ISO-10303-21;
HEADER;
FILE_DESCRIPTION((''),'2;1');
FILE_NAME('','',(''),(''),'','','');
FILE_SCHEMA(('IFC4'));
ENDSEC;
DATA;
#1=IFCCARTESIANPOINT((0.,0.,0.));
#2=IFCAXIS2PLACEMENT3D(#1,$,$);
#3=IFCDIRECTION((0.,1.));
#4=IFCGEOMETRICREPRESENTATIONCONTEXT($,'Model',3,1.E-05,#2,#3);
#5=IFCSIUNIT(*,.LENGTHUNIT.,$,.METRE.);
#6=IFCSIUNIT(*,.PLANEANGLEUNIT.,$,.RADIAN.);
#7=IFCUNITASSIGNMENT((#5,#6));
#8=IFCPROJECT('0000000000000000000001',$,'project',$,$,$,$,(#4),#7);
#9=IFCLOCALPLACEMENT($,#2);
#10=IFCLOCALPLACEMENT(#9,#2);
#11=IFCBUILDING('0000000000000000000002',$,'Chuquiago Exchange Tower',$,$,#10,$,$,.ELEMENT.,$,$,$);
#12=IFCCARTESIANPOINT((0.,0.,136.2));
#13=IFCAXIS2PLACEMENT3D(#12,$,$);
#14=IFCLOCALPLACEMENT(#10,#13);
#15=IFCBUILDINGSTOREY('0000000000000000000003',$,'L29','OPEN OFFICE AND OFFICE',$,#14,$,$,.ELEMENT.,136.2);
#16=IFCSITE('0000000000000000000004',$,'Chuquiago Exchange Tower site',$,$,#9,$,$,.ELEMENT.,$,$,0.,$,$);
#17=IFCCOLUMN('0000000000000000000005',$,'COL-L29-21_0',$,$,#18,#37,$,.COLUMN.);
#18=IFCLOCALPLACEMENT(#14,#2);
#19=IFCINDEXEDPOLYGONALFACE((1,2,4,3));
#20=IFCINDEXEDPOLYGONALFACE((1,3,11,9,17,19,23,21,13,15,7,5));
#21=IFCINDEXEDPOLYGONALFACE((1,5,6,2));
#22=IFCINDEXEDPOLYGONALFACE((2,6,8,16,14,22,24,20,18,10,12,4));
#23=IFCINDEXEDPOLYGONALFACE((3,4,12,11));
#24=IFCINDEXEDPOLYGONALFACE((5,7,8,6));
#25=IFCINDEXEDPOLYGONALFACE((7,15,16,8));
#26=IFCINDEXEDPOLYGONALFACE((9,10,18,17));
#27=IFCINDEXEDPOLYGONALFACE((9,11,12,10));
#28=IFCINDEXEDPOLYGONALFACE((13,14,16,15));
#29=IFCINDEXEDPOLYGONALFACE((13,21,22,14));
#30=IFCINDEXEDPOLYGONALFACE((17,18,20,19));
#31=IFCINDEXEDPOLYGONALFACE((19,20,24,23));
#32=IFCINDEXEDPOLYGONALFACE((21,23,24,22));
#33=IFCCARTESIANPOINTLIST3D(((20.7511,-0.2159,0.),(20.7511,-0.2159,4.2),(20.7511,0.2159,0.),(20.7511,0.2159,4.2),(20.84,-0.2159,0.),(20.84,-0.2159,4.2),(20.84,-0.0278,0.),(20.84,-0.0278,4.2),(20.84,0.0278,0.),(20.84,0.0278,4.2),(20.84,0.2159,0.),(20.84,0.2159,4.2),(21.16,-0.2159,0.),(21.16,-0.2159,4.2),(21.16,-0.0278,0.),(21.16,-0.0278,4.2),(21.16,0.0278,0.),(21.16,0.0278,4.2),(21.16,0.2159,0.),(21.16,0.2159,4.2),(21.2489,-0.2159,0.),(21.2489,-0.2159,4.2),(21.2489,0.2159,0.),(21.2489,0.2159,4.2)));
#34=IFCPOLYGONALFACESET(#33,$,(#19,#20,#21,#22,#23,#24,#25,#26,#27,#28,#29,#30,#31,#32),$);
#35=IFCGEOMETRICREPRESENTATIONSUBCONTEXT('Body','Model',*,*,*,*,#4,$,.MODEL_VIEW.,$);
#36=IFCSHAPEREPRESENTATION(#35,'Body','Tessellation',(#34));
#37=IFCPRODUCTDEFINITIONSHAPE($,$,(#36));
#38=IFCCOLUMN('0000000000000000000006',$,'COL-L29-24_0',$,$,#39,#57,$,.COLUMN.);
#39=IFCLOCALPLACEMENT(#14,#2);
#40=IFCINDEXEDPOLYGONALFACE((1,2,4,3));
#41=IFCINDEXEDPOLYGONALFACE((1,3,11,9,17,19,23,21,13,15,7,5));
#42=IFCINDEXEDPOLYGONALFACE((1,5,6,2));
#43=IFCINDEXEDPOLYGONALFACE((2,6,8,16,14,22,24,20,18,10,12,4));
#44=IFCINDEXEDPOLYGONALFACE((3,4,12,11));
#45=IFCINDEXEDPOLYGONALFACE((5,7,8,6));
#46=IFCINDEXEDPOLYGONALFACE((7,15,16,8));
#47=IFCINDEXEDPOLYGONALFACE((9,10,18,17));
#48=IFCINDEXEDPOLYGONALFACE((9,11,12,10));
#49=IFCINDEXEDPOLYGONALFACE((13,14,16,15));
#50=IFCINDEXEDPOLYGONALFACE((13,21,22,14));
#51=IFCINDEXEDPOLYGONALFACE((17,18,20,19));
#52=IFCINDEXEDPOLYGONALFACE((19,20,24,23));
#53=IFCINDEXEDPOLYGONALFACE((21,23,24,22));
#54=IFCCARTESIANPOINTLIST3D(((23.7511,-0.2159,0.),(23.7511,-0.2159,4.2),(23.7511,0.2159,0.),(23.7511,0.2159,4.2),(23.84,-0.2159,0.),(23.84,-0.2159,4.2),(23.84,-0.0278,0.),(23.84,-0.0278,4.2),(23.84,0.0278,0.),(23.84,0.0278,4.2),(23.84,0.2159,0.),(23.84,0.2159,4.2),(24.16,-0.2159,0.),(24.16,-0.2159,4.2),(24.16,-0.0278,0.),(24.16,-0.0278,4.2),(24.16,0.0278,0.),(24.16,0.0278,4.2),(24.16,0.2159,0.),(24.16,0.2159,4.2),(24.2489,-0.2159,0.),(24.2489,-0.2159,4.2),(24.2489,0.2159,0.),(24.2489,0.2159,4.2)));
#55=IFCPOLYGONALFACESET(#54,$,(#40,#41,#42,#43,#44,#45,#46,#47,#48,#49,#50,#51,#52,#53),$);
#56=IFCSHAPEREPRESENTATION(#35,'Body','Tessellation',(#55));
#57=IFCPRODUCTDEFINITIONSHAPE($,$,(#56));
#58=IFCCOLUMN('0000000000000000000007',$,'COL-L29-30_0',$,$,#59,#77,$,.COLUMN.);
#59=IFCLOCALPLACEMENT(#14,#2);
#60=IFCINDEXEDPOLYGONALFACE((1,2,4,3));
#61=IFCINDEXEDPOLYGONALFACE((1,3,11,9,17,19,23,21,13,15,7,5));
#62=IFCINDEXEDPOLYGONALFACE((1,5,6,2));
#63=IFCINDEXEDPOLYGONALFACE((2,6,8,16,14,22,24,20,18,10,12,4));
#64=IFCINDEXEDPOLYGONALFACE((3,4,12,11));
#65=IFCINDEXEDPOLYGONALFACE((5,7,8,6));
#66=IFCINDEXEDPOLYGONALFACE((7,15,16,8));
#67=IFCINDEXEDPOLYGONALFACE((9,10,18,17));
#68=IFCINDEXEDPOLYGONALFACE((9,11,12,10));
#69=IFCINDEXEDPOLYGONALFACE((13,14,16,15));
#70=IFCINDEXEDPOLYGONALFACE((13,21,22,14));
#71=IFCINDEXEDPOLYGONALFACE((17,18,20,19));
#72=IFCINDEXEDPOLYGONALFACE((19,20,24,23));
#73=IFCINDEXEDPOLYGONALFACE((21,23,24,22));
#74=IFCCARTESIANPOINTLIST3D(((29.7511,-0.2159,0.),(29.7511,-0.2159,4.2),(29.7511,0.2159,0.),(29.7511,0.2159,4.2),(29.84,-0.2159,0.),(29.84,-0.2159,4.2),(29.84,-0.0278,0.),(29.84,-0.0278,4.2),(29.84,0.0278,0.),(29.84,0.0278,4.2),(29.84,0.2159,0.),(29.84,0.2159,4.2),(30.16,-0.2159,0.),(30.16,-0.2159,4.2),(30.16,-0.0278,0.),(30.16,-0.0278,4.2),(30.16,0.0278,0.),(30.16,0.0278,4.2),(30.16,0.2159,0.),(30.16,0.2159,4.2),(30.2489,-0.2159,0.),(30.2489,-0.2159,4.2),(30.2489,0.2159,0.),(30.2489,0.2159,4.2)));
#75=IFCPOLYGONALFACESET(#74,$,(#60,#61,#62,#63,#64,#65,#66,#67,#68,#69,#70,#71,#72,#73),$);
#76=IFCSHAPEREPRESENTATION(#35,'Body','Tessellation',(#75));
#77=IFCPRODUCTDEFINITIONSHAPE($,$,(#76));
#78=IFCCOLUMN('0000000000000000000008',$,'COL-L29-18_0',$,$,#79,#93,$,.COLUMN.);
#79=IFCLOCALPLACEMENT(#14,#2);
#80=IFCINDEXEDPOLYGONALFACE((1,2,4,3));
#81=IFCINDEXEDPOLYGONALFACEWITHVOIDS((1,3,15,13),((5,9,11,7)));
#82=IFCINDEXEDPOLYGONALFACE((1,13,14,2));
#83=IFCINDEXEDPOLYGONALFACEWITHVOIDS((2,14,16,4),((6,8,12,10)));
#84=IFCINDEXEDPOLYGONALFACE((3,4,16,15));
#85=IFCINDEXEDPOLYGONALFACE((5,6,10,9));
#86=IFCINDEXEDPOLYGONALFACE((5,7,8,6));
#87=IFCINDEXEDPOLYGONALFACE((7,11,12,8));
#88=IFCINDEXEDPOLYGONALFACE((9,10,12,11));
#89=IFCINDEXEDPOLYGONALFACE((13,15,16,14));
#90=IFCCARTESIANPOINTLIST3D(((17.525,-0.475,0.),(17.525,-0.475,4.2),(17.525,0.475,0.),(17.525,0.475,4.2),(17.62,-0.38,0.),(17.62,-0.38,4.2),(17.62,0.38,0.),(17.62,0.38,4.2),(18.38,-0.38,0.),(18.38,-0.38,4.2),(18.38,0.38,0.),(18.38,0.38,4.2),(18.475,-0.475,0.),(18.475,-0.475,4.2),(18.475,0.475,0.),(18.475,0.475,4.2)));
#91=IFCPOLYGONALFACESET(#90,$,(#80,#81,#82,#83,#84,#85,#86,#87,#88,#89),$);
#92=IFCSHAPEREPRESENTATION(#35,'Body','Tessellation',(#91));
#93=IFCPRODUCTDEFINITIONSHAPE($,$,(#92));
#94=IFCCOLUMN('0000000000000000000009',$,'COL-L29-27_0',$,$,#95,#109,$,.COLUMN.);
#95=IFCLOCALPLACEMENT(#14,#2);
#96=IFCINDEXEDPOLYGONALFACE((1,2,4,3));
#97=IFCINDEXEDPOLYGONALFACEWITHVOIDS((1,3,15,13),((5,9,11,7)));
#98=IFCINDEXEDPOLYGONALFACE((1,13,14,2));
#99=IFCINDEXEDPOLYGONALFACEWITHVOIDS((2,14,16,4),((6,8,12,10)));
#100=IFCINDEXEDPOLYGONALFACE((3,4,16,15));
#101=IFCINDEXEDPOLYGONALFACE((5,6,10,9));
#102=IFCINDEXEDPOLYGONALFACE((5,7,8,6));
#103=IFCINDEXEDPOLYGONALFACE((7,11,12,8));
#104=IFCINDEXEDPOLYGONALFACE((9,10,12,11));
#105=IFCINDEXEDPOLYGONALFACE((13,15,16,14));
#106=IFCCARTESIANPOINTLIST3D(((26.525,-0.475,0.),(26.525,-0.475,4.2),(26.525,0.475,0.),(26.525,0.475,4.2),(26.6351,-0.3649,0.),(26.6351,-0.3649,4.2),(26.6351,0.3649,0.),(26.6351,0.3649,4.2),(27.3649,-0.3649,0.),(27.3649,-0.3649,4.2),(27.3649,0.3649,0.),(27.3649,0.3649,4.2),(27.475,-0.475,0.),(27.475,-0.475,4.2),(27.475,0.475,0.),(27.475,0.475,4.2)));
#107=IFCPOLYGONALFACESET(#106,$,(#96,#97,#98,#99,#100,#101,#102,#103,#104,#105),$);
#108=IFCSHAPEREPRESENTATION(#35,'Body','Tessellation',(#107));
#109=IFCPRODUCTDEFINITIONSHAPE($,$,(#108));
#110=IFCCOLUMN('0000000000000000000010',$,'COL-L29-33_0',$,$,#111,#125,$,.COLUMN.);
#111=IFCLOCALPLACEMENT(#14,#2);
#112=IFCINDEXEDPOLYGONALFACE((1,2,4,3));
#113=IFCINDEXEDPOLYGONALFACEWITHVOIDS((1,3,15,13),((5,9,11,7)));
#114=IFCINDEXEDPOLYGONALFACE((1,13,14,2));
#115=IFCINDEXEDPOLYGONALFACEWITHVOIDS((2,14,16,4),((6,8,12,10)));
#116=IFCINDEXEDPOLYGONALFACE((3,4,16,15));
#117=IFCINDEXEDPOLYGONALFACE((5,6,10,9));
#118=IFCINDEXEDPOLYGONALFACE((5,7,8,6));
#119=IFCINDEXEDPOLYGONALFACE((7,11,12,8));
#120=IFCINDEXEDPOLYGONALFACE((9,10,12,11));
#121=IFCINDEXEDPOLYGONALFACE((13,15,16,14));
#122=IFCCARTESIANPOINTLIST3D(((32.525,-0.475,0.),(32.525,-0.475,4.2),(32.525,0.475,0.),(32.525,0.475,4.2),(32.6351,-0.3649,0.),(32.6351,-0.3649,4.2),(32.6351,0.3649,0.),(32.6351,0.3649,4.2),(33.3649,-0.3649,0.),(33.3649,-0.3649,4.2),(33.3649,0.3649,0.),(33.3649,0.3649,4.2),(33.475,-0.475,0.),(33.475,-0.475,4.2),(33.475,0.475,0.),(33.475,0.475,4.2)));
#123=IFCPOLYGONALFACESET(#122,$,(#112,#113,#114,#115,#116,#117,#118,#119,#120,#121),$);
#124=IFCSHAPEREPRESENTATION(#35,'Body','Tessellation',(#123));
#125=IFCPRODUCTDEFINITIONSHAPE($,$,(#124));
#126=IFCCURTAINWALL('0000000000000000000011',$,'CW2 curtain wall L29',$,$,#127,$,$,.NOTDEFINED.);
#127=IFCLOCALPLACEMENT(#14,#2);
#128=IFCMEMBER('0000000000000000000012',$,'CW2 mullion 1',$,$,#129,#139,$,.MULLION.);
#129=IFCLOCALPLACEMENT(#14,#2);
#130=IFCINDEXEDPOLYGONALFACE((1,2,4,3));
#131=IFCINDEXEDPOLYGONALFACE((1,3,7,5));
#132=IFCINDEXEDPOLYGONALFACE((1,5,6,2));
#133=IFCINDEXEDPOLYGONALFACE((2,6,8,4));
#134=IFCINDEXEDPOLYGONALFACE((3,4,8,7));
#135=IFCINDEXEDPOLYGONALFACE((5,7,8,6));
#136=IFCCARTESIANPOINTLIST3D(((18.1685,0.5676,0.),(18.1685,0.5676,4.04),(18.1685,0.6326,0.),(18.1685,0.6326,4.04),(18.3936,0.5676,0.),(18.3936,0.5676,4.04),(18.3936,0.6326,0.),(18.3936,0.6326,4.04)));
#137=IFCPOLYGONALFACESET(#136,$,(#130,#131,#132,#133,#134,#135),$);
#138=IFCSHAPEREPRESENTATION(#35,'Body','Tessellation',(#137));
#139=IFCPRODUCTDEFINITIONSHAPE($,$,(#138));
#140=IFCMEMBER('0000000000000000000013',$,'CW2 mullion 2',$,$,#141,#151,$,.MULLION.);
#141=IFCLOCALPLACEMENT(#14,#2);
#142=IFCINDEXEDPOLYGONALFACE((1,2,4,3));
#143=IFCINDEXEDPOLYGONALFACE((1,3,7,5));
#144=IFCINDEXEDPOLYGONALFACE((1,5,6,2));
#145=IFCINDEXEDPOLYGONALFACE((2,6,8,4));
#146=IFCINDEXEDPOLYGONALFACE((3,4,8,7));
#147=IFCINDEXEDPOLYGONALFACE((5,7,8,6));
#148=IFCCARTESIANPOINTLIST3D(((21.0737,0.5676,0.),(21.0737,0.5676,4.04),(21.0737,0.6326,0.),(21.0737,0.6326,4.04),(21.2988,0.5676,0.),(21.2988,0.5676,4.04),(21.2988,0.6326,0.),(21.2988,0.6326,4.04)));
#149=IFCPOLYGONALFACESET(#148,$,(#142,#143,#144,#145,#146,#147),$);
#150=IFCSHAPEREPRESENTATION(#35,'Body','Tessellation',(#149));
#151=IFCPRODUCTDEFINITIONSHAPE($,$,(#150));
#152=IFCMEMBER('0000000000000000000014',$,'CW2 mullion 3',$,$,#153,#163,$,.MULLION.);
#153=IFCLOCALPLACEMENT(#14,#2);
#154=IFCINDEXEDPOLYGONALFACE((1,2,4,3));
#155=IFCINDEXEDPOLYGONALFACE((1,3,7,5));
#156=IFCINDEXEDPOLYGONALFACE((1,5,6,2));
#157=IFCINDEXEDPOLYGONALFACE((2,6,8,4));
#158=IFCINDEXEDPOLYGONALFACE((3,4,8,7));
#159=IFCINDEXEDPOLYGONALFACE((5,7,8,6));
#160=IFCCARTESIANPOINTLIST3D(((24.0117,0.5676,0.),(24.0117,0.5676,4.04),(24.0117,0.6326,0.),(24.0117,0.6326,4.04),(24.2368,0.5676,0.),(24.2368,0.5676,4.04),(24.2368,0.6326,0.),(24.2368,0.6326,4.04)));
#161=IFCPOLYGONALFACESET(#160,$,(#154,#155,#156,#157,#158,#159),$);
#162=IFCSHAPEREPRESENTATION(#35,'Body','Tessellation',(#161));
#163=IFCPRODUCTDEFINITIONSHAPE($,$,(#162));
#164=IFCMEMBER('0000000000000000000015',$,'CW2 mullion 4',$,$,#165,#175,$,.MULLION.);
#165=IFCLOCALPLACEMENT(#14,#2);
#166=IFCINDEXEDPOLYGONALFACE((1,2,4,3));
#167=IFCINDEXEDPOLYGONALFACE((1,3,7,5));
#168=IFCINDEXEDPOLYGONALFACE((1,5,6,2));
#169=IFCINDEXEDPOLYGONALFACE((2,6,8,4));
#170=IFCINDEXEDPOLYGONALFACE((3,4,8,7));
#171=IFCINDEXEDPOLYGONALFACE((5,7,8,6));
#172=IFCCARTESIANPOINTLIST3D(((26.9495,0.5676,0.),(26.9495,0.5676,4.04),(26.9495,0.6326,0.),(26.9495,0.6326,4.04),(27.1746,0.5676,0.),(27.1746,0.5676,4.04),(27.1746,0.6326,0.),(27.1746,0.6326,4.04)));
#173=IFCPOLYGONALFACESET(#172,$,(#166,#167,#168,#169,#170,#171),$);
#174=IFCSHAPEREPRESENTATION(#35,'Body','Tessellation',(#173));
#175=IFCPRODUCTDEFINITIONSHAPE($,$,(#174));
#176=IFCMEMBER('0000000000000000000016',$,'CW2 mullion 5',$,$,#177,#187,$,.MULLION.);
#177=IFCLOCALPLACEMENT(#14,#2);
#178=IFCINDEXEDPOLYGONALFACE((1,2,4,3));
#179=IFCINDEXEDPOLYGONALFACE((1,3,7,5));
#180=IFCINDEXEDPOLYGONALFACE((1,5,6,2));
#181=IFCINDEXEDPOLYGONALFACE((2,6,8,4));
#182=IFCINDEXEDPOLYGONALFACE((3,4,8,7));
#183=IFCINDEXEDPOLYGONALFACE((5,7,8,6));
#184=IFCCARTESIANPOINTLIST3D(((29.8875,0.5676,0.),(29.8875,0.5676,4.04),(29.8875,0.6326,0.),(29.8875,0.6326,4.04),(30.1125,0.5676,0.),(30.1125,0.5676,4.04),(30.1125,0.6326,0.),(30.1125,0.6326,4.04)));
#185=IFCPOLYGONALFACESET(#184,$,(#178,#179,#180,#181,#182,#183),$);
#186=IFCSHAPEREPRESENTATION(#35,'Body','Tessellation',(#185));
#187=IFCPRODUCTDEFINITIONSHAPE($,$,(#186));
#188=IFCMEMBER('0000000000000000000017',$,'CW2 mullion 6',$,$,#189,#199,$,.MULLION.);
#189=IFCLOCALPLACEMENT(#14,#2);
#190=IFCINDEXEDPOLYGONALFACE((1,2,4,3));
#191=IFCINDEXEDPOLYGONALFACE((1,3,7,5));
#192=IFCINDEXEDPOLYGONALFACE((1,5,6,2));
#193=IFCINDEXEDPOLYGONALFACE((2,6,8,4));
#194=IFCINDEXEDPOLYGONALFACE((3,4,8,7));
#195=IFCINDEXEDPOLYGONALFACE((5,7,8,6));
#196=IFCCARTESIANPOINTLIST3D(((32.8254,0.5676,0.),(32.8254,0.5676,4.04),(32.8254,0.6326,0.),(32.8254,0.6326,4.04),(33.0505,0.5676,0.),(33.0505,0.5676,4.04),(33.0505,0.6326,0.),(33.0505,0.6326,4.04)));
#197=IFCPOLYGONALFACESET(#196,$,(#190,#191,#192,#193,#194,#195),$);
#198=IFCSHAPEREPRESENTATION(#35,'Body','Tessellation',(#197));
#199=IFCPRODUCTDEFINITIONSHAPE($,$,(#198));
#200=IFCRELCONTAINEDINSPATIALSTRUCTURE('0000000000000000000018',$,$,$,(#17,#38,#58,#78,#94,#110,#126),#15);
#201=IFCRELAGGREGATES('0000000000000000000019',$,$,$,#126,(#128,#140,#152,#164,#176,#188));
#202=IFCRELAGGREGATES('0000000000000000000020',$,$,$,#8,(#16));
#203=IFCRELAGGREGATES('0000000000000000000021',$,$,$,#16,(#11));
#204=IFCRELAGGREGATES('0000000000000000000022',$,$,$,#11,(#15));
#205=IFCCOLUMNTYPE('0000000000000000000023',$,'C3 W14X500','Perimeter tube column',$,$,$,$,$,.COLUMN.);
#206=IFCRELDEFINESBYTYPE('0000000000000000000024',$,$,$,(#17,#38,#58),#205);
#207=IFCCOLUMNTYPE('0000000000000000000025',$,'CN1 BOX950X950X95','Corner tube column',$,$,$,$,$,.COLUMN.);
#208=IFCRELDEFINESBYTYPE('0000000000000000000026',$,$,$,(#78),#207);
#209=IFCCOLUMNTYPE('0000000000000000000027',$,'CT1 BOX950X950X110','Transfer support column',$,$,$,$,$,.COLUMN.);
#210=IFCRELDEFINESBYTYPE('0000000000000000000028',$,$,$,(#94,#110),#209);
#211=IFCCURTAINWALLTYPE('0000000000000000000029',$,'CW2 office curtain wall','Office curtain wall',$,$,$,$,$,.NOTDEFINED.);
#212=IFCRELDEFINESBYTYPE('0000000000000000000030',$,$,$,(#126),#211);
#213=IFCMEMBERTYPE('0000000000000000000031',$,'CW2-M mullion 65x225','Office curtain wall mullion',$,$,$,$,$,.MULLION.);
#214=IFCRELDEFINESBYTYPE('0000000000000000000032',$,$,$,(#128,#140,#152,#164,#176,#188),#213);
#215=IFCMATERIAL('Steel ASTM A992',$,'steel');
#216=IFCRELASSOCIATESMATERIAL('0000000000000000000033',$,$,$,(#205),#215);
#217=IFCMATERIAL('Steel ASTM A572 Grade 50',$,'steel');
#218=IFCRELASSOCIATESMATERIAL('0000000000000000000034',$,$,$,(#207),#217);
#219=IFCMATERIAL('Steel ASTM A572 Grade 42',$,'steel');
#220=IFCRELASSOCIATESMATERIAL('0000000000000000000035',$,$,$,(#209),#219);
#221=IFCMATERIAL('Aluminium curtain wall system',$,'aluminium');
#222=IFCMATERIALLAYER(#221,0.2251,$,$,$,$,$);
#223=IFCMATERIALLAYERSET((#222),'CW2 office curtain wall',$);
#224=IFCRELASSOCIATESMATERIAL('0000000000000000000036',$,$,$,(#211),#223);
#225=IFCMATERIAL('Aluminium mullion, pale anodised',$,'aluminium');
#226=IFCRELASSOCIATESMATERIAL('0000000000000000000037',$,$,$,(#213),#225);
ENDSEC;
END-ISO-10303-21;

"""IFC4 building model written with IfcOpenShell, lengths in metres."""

from ifc_helpers import new_model, si_unit, direction, frame, origin, origin_2d, place, context, subcontext, project, spatial, rectangle, hollow_rectangle, i_section, extrude, material, layer, layer_set, material_profile, profile_set, type_object, element, aggregate, save


model = new_model("IFC4")

# Units and contexts
model_context = context("Model", 3, precision=1e-05, world=origin(), true_north=direction((0.0, 1.0)))
body_context = subcontext(model_context, "Body", "Model", "MODEL_VIEW")
ifc_project = project(units=[si_unit("LENGTHUNIT", "METRE"), si_unit("PLANEANGLEUNIT", "RADIAN")], contexts=[model_context])

# Site, building, storey
site_placement = place(None, origin())
site = spatial("IfcSite", under=ifc_project, at=site_placement, Name="Chuquiago Exchange Tower site", CompositionType="ELEMENT", RefElevation=0.0)
building_placement = place(site_placement, origin())
building = spatial("IfcBuilding", under=site, at=building_placement, Name="Chuquiago Exchange Tower", CompositionType="ELEMENT")
storey_placement = place(building_placement, frame((0.0, 0.0, 136.2)))
storey = spatial("IfcBuildingStorey", under=building, at=storey_placement, Name="L29", Description="OPEN OFFICE AND OFFICE", CompositionType="ELEMENT", Elevation=136.2)

# Columns
ifc_material_1 = material(Name="Steel ASTM A992", Category="steel")
ifc_material_profile_1 = material_profile(ifc_material_1, i_section(OverallWidth=0.4319, OverallDepth=0.4978, WebThickness=0.0557, FlangeThickness=0.0889, at=origin_2d()), Name="W14X500")
ifc_profile_set_1 = profile_set([ifc_material_profile_1], Name="Steel ASTM A992")
column_type_1 = type_object("IfcColumnType", Name="C3 W14X500", Description="Perimeter tube column", PredefinedType="COLUMN", material=ifc_profile_set_1)
for number, where, z_axis, x_axis, name in (
    (1, (21.0, 0.0, 0.0), (0.0, 0.0, 1.0), (0.0, -1.0, 0.0), "COL-L29-21_0"),
    (2, (24.0, 0.0, 0.0), (0.0, 0.0, 1.0), (0.0, -1.0, 0.0), "COL-L29-24_0"),
    (3, (30.0, 0.0, 0.0), (0.0, 0.0, 1.0), (0.0, -1.0, 0.0), "COL-L29-30_0"),
):
    element("IfcColumn", number, at=place(storey_placement, frame(where, z_axis=z_axis, x_axis=x_axis)), inside=storey, type_object=column_type_1, Name=name, PredefinedType="COLUMN", context=body_context, shape_type="SweptSolid", body=[
        extrude(i_section(OverallWidth=0.4319, OverallDepth=0.4978, WebThickness=0.0557, FlangeThickness=0.0889, at=origin_2d()), origin(), (0.0, 0.0, 1.0), 4.2),
    ])
ifc_material_2 = material(Name="Steel ASTM A572 Grade 50", Category="steel")
ifc_material_profile_2 = material_profile(ifc_material_2, hollow_rectangle(XDim=0.95, YDim=0.95, WallThickness=0.095, at=origin_2d()), Name="BOX950X950X95")
ifc_profile_set_2 = profile_set([ifc_material_profile_2], Name="Steel ASTM A572 Grade 50")
column_type_2 = type_object("IfcColumnType", Name="CN1 BOX950X950X95", Description="Corner tube column", PredefinedType="COLUMN", material=ifc_profile_set_2)
column_placement = place(storey_placement, frame((18.0, 0.0, 0.0), z_axis=(0.0, 0.0, 1.0), x_axis=(0.0, -1.0, 0.0)))
element("IfcColumn", 4, at=column_placement, inside=storey, type_object=column_type_2, Name="COL-L29-18_0", PredefinedType="COLUMN", context=body_context, shape_type="SweptSolid", body=[
    extrude(hollow_rectangle(XDim=0.95, YDim=0.95, WallThickness=0.095, at=origin_2d()), origin(), (0.0, 0.0, 1.0), 4.2),
])
ifc_material_3 = material(Name="Steel ASTM A572 Grade 42", Category="steel")
ifc_material_profile_3 = material_profile(ifc_material_3, hollow_rectangle(XDim=0.95, YDim=0.95, WallThickness=0.1101, at=origin_2d()), Name="BOX950X950X110")
ifc_profile_set_3 = profile_set([ifc_material_profile_3], Name="Steel ASTM A572 Grade 42")
column_type_3 = type_object("IfcColumnType", Name="CT1 BOX950X950X110", Description="Transfer support column", PredefinedType="COLUMN", material=ifc_profile_set_3)
for number, where, z_axis, x_axis, name in (
    (5, (27.0, 0.0, 0.0), (0.0, 0.0, 1.0), (0.0, -1.0, 0.0), "COL-L29-27_0"),
    (6, (33.0, 0.0, 0.0), (0.0, 0.0, 1.0), (0.0, -1.0, 0.0), "COL-L29-33_0"),
):
    element("IfcColumn", number, at=place(storey_placement, frame(where, z_axis=z_axis, x_axis=x_axis)), inside=storey, type_object=column_type_3, Name=name, PredefinedType="COLUMN", context=body_context, shape_type="SweptSolid", body=[
        extrude(hollow_rectangle(XDim=0.95, YDim=0.95, WallThickness=0.1101, at=origin_2d()), origin(), (0.0, 0.0, 1.0), 4.2),
    ])

# Curtain wall, members
ifc_material_4 = material(Name="Aluminium curtain wall system", Category="aluminium")
ifc_layer_1 = layer(ifc_material_4, 0.2251)
ifc_layer_set_1 = layer_set([ifc_layer_1], Name="CW2 office curtain wall")
curtain_wall_type_1 = type_object("IfcCurtainWallType", Name="CW2 office curtain wall", Description="Office curtain wall", PredefinedType="NOTDEFINED", material=ifc_layer_set_1)
curtain_wall_1_placement = place(storey_placement, origin())
curtain_wall_1 = element("IfcCurtainWall", 7, at=curtain_wall_1_placement, inside=storey, type_object=curtain_wall_type_1, Name="CW2 curtain wall L29", PredefinedType="NOTDEFINED")
ifc_material_5 = material(Name="Aluminium mullion, pale anodised", Category="aluminium")
ifc_material_profile_4 = material_profile(ifc_material_5, rectangle(XDim=0.0649, YDim=0.2251, at=origin_2d()), Name="AL 65x225")
ifc_profile_set_4 = profile_set([ifc_material_profile_4], Name="Aluminium mullion, pale anodised")
member_type_1 = type_object("IfcMemberType", Name="CW2-M mullion 65x225", Description="Office curtain wall mullion", PredefinedType="MULLION", material=ifc_profile_set_4)
member_1_placement = place(storey_placement, frame((18.281, 0.6001, 0.0), z_axis=(0.0, 0.0, 1.0), x_axis=(0.0, 1.0, 0.0)))
member_1 = element("IfcMember", 8, at=member_1_placement, type_object=member_type_1, Name="CW2 mullion 1", PredefinedType="MULLION", context=body_context, shape_type="SweptSolid", body=[
    extrude(rectangle(XDim=0.0649, YDim=0.2251, at=origin_2d()), origin(), (0.0, 0.0, 1.0), 4.04),
])
member_2_placement = place(storey_placement, frame((21.1863, 0.6001, 0.0), z_axis=(0.0, 0.0, 1.0), x_axis=(0.0, 1.0, 0.0)))
member_2 = element("IfcMember", 9, at=member_2_placement, type_object=member_type_1, Name="CW2 mullion 2", PredefinedType="MULLION", context=body_context, shape_type="SweptSolid", body=[
    extrude(rectangle(XDim=0.0649, YDim=0.2251, at=origin_2d()), origin(), (0.0, 0.0, 1.0), 4.04),
])
member_3_placement = place(storey_placement, frame((24.1243, 0.6001, 0.0), z_axis=(0.0, 0.0, 1.0), x_axis=(0.0, 1.0, 0.0)))
member_3 = element("IfcMember", 10, at=member_3_placement, type_object=member_type_1, Name="CW2 mullion 3", PredefinedType="MULLION", context=body_context, shape_type="SweptSolid", body=[
    extrude(rectangle(XDim=0.0649, YDim=0.2251, at=origin_2d()), origin(), (0.0, 0.0, 1.0), 4.04),
])
member_4_placement = place(storey_placement, frame((27.062, 0.6001, 0.0), z_axis=(0.0, 0.0, 1.0), x_axis=(0.0, 1.0, 0.0)))
member_4 = element("IfcMember", 11, at=member_4_placement, type_object=member_type_1, Name="CW2 mullion 4", PredefinedType="MULLION", context=body_context, shape_type="SweptSolid", body=[
    extrude(rectangle(XDim=0.0649, YDim=0.2251, at=origin_2d()), origin(), (0.0, 0.0, 1.0), 4.04),
])
member_5_placement = place(storey_placement, frame((30.0, 0.6001, 0.0), z_axis=(0.0, 0.0, 1.0), x_axis=(0.0, 1.0, 0.0)))
member_5 = element("IfcMember", 12, at=member_5_placement, type_object=member_type_1, Name="CW2 mullion 5", PredefinedType="MULLION", context=body_context, shape_type="SweptSolid", body=[
    extrude(rectangle(XDim=0.0649, YDim=0.2251, at=origin_2d()), origin(), (0.0, 0.0, 1.0), 4.04),
])
member_6_placement = place(storey_placement, frame((32.938, 0.6001, 0.0), z_axis=(0.0, 0.0, 1.0), x_axis=(0.0, 1.0, 0.0)))
member_6 = element("IfcMember", 13, at=member_6_placement, type_object=member_type_1, Name="CW2 mullion 6", PredefinedType="MULLION", context=body_context, shape_type="SweptSolid", body=[
    extrude(rectangle(XDim=0.0649, YDim=0.2251, at=origin_2d()), origin(), (0.0, 0.0, 1.0), 4.04),
])

aggregate(curtain_wall_1, [member_1, member_2, member_3, member_4, member_5, member_6])

save(model, "model.ifc")
